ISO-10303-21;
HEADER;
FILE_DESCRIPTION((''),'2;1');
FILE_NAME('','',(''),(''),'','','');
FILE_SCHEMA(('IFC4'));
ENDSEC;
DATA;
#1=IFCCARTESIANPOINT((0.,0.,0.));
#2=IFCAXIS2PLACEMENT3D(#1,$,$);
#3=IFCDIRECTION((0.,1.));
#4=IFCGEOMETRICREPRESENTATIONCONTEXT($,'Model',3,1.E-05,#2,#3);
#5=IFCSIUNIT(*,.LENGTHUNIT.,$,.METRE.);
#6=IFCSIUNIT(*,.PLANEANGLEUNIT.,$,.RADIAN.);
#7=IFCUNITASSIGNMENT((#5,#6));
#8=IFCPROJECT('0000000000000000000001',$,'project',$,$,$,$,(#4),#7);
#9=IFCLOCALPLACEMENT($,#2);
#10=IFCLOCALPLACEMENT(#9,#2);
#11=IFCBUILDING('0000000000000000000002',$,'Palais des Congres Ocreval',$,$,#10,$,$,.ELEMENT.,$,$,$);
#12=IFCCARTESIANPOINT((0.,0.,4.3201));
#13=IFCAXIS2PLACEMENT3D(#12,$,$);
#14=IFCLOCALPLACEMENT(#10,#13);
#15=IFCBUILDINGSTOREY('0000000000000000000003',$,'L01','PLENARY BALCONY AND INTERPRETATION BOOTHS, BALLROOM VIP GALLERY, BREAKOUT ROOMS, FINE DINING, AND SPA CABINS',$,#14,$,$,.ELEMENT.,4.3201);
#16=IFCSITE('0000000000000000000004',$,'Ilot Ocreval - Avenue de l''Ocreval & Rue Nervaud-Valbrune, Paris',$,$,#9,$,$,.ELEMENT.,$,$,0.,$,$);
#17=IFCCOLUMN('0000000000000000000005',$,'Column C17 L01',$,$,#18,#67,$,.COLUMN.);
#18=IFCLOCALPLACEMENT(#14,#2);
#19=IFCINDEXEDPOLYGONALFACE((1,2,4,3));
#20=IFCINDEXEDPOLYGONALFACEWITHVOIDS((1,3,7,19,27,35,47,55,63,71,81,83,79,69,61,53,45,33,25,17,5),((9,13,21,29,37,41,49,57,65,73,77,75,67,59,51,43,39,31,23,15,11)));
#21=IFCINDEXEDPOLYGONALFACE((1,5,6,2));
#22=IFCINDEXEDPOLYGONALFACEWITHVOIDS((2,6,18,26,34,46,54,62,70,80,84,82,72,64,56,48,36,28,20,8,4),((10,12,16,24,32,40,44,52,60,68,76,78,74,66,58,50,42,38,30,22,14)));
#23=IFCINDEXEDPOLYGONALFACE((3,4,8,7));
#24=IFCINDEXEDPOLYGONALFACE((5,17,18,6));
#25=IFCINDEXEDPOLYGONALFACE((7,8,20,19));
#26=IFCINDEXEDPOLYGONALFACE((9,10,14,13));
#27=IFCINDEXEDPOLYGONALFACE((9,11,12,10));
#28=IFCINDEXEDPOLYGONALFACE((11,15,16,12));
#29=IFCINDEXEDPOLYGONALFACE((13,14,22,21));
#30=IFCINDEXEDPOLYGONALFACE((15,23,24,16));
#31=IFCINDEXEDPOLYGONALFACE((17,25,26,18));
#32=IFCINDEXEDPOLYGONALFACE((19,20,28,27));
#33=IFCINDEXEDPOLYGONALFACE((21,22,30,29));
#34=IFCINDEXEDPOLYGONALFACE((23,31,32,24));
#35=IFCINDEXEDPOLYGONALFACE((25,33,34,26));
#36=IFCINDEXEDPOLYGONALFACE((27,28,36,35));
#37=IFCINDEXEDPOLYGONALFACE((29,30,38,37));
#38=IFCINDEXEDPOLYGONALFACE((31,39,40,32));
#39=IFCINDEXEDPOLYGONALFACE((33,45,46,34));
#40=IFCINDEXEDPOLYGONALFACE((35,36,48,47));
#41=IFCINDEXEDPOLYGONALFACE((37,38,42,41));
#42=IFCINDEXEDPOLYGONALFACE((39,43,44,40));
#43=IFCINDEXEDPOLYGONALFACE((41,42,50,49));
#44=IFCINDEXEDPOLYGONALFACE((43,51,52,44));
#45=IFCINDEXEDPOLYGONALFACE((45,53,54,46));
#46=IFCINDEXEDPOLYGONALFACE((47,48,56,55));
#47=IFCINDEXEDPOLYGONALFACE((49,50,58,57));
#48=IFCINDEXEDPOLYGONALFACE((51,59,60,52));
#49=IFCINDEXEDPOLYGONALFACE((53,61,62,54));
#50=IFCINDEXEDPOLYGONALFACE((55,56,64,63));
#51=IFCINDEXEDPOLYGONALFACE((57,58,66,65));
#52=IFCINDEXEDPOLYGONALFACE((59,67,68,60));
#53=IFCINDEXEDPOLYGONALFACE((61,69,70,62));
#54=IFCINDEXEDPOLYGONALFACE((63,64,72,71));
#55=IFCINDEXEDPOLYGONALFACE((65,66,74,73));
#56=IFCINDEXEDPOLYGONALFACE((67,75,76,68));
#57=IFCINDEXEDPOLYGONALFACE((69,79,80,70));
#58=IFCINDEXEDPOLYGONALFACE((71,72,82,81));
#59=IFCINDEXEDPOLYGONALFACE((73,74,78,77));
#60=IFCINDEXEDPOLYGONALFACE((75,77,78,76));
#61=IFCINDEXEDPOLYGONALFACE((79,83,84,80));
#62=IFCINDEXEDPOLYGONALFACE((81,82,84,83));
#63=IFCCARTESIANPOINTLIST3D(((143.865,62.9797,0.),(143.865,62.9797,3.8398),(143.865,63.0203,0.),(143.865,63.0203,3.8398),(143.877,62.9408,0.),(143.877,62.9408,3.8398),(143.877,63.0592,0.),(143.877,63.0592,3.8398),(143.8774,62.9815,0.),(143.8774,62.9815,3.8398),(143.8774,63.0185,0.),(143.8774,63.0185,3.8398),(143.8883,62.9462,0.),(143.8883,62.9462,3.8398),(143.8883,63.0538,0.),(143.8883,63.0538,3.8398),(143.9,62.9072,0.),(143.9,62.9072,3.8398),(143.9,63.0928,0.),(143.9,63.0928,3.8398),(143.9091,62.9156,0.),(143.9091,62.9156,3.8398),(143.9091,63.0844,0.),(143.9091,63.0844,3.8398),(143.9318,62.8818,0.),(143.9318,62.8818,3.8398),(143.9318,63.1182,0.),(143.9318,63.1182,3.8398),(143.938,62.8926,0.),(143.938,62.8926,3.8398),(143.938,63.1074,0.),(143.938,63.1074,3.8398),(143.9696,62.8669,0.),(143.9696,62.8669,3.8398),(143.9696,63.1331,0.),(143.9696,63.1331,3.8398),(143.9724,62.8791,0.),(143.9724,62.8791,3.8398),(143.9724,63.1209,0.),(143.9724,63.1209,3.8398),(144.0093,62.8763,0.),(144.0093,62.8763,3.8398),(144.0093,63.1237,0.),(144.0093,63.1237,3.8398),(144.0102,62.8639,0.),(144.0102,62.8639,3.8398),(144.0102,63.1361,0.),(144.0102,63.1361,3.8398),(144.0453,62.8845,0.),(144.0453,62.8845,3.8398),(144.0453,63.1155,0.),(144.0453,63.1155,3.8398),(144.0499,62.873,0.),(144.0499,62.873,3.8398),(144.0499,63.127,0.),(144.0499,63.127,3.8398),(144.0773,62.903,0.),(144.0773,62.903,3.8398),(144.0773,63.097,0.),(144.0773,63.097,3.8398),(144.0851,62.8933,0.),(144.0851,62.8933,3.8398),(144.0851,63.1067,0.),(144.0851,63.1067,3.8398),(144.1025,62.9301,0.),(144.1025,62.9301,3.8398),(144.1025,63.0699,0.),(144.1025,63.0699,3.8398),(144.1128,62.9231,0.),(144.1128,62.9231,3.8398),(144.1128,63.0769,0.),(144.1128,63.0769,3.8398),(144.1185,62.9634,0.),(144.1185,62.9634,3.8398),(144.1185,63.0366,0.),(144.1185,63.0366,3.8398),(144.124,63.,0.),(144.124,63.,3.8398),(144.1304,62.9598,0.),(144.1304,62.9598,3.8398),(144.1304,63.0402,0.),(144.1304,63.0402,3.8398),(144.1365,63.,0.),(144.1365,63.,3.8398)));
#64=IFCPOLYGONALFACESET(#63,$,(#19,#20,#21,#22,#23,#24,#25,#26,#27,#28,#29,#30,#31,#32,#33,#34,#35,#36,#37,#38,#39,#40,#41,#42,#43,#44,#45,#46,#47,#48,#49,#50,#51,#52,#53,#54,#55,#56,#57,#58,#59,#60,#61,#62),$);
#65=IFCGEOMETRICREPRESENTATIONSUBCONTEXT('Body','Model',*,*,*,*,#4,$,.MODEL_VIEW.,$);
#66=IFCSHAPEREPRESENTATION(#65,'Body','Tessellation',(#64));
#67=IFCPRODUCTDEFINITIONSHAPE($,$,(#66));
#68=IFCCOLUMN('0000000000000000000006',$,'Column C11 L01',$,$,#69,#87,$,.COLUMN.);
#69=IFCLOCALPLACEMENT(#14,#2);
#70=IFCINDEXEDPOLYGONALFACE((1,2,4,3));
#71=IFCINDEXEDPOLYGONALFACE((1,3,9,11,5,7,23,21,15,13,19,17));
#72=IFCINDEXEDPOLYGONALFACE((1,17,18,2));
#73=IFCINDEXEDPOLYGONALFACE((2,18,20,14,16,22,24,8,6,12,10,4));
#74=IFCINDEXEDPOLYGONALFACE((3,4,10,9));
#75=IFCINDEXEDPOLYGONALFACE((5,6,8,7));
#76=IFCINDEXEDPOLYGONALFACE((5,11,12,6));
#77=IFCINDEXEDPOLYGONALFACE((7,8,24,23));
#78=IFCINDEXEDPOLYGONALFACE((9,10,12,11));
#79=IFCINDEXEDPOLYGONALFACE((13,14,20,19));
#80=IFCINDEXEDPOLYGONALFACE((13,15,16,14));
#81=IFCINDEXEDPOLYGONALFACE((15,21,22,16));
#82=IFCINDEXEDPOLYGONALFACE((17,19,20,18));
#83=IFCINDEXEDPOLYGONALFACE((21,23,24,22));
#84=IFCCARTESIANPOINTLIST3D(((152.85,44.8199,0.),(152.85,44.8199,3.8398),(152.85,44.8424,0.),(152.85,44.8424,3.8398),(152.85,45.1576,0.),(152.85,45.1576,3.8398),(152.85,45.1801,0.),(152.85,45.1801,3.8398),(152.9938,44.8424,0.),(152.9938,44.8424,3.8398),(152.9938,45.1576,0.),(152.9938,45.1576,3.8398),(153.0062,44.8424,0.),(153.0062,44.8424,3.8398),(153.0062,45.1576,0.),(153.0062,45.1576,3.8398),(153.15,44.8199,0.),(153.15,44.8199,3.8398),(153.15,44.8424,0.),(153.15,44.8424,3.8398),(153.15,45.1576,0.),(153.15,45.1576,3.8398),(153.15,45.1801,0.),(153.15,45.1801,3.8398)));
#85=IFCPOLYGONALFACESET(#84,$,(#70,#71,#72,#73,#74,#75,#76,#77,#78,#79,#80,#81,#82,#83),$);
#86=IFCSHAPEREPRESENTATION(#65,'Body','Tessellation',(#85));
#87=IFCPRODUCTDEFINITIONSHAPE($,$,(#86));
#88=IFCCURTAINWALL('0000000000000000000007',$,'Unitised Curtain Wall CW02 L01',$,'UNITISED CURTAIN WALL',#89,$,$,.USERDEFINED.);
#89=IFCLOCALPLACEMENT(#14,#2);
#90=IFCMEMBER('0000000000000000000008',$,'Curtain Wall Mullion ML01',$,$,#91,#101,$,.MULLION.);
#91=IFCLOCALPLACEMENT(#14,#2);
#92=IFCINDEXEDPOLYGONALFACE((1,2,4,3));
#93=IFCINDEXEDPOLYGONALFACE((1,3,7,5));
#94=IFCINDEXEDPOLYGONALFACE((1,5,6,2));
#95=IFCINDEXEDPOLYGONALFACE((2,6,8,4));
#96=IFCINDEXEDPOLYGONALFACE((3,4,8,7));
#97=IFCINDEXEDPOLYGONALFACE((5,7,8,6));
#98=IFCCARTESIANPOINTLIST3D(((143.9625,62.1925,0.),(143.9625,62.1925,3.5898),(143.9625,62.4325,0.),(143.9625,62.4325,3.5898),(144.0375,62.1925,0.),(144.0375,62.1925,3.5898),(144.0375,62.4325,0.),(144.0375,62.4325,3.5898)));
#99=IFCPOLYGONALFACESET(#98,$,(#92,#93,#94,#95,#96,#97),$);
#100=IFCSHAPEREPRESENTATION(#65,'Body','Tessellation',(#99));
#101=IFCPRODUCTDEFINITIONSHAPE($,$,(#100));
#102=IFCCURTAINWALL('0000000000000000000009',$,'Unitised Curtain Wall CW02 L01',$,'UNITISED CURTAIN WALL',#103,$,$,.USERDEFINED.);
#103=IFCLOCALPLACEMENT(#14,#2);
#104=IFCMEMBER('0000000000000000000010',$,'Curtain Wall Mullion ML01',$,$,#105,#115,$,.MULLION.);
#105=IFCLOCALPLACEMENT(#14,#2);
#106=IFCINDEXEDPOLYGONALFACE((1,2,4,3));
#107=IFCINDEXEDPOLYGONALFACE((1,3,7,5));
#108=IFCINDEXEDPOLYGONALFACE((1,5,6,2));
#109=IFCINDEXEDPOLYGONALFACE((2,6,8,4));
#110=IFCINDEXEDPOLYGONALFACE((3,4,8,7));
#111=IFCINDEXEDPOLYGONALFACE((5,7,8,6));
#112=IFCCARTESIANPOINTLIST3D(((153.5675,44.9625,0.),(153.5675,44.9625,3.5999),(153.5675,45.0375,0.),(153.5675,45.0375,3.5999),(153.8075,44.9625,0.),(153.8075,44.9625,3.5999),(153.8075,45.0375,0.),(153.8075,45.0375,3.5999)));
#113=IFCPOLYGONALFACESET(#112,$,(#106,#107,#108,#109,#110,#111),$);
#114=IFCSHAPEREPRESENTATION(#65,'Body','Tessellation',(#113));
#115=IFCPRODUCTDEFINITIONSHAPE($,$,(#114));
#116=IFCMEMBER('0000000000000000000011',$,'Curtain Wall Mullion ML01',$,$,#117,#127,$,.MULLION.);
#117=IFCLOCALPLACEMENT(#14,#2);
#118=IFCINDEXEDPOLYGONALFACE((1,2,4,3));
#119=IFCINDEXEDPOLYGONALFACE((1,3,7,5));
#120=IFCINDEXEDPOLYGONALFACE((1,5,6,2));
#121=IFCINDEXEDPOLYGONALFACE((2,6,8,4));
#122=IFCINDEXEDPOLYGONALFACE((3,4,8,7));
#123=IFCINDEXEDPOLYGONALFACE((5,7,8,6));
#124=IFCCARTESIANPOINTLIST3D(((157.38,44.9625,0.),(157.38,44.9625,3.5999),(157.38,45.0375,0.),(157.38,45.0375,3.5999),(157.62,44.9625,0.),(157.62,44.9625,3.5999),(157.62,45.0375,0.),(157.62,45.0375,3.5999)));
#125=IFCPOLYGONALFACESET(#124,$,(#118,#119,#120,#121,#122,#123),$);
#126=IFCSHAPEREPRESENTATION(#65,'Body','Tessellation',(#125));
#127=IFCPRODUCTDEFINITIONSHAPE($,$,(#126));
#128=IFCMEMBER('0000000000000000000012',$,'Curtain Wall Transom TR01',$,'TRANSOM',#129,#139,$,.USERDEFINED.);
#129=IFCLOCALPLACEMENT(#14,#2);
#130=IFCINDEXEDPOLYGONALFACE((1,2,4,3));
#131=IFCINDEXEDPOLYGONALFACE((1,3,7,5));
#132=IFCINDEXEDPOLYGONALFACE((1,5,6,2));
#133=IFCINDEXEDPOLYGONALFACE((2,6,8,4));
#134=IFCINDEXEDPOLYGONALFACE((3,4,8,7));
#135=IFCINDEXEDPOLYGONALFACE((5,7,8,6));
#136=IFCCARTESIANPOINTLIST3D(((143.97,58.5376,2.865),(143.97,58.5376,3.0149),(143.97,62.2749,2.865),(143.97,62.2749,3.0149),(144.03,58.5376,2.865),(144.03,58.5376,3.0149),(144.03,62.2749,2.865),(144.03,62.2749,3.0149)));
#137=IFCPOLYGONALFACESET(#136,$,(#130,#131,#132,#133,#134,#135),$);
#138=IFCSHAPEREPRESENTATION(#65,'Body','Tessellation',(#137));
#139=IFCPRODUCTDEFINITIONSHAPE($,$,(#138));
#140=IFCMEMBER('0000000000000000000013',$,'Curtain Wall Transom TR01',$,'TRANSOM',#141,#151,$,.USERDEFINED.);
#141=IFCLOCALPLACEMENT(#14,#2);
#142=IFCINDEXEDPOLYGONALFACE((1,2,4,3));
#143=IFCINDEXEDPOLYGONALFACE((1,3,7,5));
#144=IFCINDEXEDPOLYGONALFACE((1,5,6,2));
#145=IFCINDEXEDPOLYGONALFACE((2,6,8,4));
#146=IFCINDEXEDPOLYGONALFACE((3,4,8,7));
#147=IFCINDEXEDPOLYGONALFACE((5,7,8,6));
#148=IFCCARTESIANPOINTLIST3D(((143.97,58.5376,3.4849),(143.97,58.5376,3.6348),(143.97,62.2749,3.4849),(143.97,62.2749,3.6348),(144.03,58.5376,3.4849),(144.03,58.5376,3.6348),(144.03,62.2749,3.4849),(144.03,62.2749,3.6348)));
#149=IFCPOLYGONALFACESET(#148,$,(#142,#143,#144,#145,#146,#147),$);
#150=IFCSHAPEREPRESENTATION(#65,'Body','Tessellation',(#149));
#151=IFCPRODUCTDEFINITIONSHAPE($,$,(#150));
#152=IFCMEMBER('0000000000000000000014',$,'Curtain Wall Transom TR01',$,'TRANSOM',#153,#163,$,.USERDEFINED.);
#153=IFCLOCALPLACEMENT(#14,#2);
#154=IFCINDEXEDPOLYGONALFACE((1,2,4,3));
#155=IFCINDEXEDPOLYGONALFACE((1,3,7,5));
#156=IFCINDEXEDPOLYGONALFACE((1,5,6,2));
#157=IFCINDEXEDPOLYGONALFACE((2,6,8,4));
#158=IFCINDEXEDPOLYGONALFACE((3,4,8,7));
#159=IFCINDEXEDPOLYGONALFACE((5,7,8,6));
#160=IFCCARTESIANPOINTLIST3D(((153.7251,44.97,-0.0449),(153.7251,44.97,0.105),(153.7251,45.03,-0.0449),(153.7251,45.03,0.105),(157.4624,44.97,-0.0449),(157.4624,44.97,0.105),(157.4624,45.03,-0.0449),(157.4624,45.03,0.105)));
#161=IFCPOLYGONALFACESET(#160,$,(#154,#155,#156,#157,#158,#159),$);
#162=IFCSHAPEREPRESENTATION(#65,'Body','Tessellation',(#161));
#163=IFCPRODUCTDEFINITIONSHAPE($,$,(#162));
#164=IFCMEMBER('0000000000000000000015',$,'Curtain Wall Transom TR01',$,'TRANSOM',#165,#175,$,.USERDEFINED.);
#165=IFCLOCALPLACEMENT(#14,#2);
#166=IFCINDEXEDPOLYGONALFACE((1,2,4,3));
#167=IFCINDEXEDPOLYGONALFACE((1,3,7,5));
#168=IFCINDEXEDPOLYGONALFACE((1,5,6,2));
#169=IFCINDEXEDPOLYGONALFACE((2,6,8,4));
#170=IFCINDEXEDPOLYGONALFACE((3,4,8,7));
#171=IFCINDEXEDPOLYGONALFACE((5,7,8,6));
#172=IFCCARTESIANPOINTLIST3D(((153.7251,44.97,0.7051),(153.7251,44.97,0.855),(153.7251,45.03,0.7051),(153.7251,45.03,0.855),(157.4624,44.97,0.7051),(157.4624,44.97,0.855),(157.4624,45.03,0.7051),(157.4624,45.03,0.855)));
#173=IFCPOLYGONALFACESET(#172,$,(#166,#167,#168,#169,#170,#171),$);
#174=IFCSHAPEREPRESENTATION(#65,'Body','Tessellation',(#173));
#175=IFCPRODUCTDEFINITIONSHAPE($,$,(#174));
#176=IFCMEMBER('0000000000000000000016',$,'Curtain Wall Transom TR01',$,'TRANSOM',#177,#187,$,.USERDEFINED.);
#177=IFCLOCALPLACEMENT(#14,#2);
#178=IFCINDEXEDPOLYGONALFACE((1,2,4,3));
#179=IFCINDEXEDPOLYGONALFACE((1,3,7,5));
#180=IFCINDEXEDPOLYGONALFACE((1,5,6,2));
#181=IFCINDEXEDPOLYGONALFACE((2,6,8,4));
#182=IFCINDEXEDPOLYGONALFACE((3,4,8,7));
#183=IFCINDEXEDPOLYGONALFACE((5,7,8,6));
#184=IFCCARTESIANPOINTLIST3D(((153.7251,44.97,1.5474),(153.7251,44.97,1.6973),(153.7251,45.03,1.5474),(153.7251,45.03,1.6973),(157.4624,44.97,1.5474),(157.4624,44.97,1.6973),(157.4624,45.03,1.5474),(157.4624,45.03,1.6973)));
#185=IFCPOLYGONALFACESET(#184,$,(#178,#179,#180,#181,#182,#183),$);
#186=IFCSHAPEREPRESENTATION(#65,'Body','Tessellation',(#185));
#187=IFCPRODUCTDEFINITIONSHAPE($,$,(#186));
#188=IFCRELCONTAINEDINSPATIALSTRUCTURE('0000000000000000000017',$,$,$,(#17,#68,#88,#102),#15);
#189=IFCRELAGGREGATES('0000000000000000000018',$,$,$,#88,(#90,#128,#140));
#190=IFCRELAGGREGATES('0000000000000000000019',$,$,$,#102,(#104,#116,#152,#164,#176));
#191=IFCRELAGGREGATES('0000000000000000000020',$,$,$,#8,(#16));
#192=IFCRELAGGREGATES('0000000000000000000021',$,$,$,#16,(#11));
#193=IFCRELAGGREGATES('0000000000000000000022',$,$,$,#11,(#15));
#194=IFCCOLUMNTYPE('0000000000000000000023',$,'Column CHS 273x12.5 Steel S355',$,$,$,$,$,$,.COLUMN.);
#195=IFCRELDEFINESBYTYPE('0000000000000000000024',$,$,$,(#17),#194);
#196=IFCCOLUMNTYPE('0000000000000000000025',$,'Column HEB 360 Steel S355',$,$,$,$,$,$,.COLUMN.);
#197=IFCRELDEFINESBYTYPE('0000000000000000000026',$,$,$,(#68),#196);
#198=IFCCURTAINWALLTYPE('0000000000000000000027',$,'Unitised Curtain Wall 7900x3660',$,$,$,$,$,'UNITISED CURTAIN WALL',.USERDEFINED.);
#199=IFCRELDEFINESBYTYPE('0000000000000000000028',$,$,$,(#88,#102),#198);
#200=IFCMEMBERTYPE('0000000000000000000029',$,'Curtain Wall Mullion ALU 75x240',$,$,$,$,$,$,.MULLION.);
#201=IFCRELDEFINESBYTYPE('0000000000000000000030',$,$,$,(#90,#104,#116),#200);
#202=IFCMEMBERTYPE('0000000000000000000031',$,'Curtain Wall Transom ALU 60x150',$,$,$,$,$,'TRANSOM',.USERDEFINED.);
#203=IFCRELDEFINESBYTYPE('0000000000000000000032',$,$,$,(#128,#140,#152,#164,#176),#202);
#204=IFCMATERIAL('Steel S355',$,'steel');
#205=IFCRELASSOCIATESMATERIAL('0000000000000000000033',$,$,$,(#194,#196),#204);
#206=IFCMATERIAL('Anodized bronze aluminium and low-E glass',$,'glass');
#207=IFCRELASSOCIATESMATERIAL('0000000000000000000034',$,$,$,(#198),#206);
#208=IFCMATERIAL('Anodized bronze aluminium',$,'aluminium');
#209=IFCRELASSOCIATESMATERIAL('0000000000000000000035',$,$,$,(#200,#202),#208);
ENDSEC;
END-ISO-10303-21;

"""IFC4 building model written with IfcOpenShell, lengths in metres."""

from ifc_helpers import new_model, si_unit, direction, frame, origin, origin_2d, place, context, subcontext, project, spatial, rectangle, hollow_circle, i_section, extrude, material, material_profile, profile_set, type_object, element, aggregate, save


model = new_model("IFC4")

# Units and contexts
model_context = context("Model", 3, precision=1e-05, world=origin(), true_north=direction((0.0, 1.0)))
body_context = subcontext(model_context, "Body", "Model", "MODEL_VIEW")
ifc_project = project(units=[si_unit("LENGTHUNIT", "METRE"), si_unit("PLANEANGLEUNIT", "RADIAN")], contexts=[model_context])

# Site, building, storey
site_placement = place(None, origin())
site = spatial("IfcSite", under=ifc_project, at=site_placement, Name="Ilot Ocreval - Avenue de l'Ocreval & Rue Nervaud-Valbrune, Paris", CompositionType="ELEMENT", RefElevation=0.0)
building_placement = place(site_placement, origin())
building = spatial("IfcBuilding", under=site, at=building_placement, Name="Palais des Congres Ocreval", CompositionType="ELEMENT")
storey_placement = place(building_placement, frame((0.0, 0.0, 4.3201)))
storey = spatial("IfcBuildingStorey", under=building, at=storey_placement, Name="L01", Description="PLENARY BALCONY AND INTERPRETATION BOOTHS, BALLROOM VIP GALLERY, BREAKOUT ROOMS, FINE DINING, AND SPA CABINS", CompositionType="ELEMENT", Elevation=4.3201)

# Columns
ifc_material_1 = material(Name="Steel S355", Category="steel")
ifc_material_profile_1 = material_profile(ifc_material_1, hollow_circle(Radius=0.1365, WallThickness=0.0125, at=origin_2d()), Name="CHS 273x12.5")
ifc_profile_set_1 = profile_set([ifc_material_profile_1], Name="Steel S355")
column_type_1 = type_object("IfcColumnType", Name="Column CHS 273x12.5 Steel S355", PredefinedType="COLUMN", material=ifc_profile_set_1)
column_1_placement = place(storey_placement, frame((144.0, 63.0, 0.0), z_axis=(0.0, 0.0, 1.0), x_axis=(1.0, 0.0, 0.0)))
element("IfcColumn", 1, at=column_1_placement, inside=storey, type_object=column_type_1, Name="Column C17 L01", PredefinedType="COLUMN", context=body_context, shape_type="SweptSolid", body=[
    extrude(hollow_circle(Radius=0.1365, WallThickness=0.0125, at=origin_2d()), origin(), (0.0, 0.0, 1.0), 3.8398),
])
ifc_material_profile_2 = material_profile(ifc_material_1, i_section(OverallWidth=0.3, OverallDepth=0.3601, WebThickness=0.0125, FlangeThickness=0.0225, at=origin_2d()), Name="HEB 360")
ifc_profile_set_2 = profile_set([ifc_material_profile_2], Name="Steel S355")
column_type_2 = type_object("IfcColumnType", Name="Column HEB 360 Steel S355", PredefinedType="COLUMN", material=ifc_profile_set_2)
column_2_placement = place(storey_placement, frame((153.0, 45.0, 0.0), z_axis=(0.0, 0.0, 1.0), x_axis=(1.0, 0.0, 0.0)))
element("IfcColumn", 2, at=column_2_placement, inside=storey, type_object=column_type_2, Name="Column C11 L01", PredefinedType="COLUMN", context=body_context, shape_type="SweptSolid", body=[
    extrude(i_section(OverallWidth=0.3, OverallDepth=0.3601, WebThickness=0.0125, FlangeThickness=0.0225, at=origin_2d()), origin(), (0.0, 0.0, 1.0), 3.8398),
])

# Curtain wall, member
ifc_material_2 = material(Name="Anodized bronze aluminium and low-E glass", Category="glass")
curtain_wall_type = type_object("IfcCurtainWallType", Name="Unitised Curtain Wall 7900x3660", ElementType="UNITISED CURTAIN WALL", PredefinedType="USERDEFINED", material=ifc_material_2)
curtain_wall_1_placement = place(storey_placement, origin())
curtain_wall_1 = element("IfcCurtainWall", 3, at=curtain_wall_1_placement, inside=storey, type_object=curtain_wall_type, Name="Unitised Curtain Wall CW02 L01", ObjectType="UNITISED CURTAIN WALL", PredefinedType="USERDEFINED")
ifc_material_3 = material(Name="Anodized bronze aluminium", Category="aluminium")
ifc_material_profile_3 = material_profile(ifc_material_3, rectangle(XDim=0.075, YDim=0.24, at=origin_2d()), Name="ALU 75x240")
ifc_profile_set_3 = profile_set([ifc_material_profile_3], Name="Anodized bronze aluminium")
member_type_1 = type_object("IfcMemberType", Name="Curtain Wall Mullion ALU 75x240", PredefinedType="MULLION", material=ifc_profile_set_3)
member_1_placement = place(storey_placement, frame((144.0, 62.3125, 0.0), z_axis=(0.0, 0.0, 1.0), x_axis=(1.0, 0.0, 0.0)))
member_1 = element("IfcMember", 4, at=member_1_placement, type_object=member_type_1, Name="Curtain Wall Mullion ML01", PredefinedType="MULLION", context=body_context, shape_type="SweptSolid", body=[
    extrude(rectangle(XDim=0.075, YDim=0.24, at=origin_2d()), origin(), (0.0, 0.0, 1.0), 3.5898),
])

# Curtain wall, members
curtain_wall_2_placement = place(storey_placement, origin())
curtain_wall_2 = element("IfcCurtainWall", 5, at=curtain_wall_2_placement, inside=storey, type_object=curtain_wall_type, Name="Unitised Curtain Wall CW02 L01", ObjectType="UNITISED CURTAIN WALL", PredefinedType="USERDEFINED")
member_2_placement = place(storey_placement, frame((153.6875, 45.0, 0.0), z_axis=(0.0, 0.0, 1.0), x_axis=(0.0, 1.0, 0.0)))
member_2 = element("IfcMember", 6, at=member_2_placement, type_object=member_type_1, Name="Curtain Wall Mullion ML01", PredefinedType="MULLION", context=body_context, shape_type="SweptSolid", body=[
    extrude(rectangle(XDim=0.075, YDim=0.24, at=origin_2d()), origin(), (0.0, 0.0, 1.0), 3.5999),
])
member_3_placement = place(storey_placement, frame((157.5, 45.0, 0.0), z_axis=(0.0, 0.0, 1.0), x_axis=(0.0, 1.0, 0.0)))
member_3 = element("IfcMember", 7, at=member_3_placement, type_object=member_type_1, Name="Curtain Wall Mullion ML01", PredefinedType="MULLION", context=body_context, shape_type="SweptSolid", body=[
    extrude(rectangle(XDim=0.075, YDim=0.24, at=origin_2d()), origin(), (0.0, 0.0, 1.0), 3.5999),
])

# Members
ifc_material_profile_4 = material_profile(ifc_material_3, rectangle(XDim=0.0601, YDim=0.1499, at=origin_2d()), Name="ALU 60x150")
ifc_profile_set_4 = profile_set([ifc_material_profile_4], Name="Anodized bronze aluminium")
member_type_2 = type_object("IfcMemberType", Name="Curtain Wall Transom ALU 60x150", ElementType="TRANSOM", PredefinedType="USERDEFINED", material=ifc_profile_set_4)
member_4_placement = place(storey_placement, frame((144.0, 62.2749, 2.9399), z_axis=(0.0, -1.0, 0.0), x_axis=(1.0, 0.0, 0.0)))
member_4 = element("IfcMember", 8, at=member_4_placement, type_object=member_type_2, Name="Curtain Wall Transom TR01", ObjectType="TRANSOM", PredefinedType="USERDEFINED", context=body_context, shape_type="SweptSolid", body=[
    extrude(rectangle(XDim=0.0601, YDim=0.1499, at=origin_2d()), origin(), (0.0, 0.0, 1.0), 3.7373),
])
member_5_placement = place(storey_placement, frame((144.0, 62.2749, 3.5598), z_axis=(0.0, -1.0, 0.0), x_axis=(1.0, 0.0, 0.0)))
member_5 = element("IfcMember", 9, at=member_5_placement, type_object=member_type_2, Name="Curtain Wall Transom TR01", ObjectType="TRANSOM", PredefinedType="USERDEFINED", context=body_context, shape_type="SweptSolid", body=[
    extrude(rectangle(XDim=0.0601, YDim=0.1499, at=origin_2d()), origin(), (0.0, 0.0, 1.0), 3.7373),
])
aggregate(curtain_wall_1, [member_1, member_4, member_5])
member_6_placement = place(storey_placement, frame((153.7251, 45.0, 0.03), z_axis=(1.0, 0.0, 0.0), x_axis=(0.0, 1.0, 0.0)))
member_6 = element("IfcMember", 10, at=member_6_placement, type_object=member_type_2, Name="Curtain Wall Transom TR01", ObjectType="TRANSOM", PredefinedType="USERDEFINED", context=body_context, shape_type="SweptSolid", body=[
    extrude(rectangle(XDim=0.0601, YDim=0.1499, at=origin_2d()), origin(), (0.0, 0.0, 1.0), 3.7373),
])
member_7_placement = place(storey_placement, frame((153.7251, 45.0, 0.78), z_axis=(1.0, 0.0, 0.0), x_axis=(0.0, 1.0, 0.0)))
member_7 = element("IfcMember", 11, at=member_7_placement, type_object=member_type_2, Name="Curtain Wall Transom TR01", ObjectType="TRANSOM", PredefinedType="USERDEFINED", context=body_context, shape_type="SweptSolid", body=[
    extrude(rectangle(XDim=0.0601, YDim=0.1499, at=origin_2d()), origin(), (0.0, 0.0, 1.0), 3.7373),
])
member_8_placement = place(storey_placement, frame((153.7251, 45.0, 1.6223), z_axis=(1.0, 0.0, 0.0), x_axis=(0.0, 1.0, 0.0)))
member_8 = element("IfcMember", 12, at=member_8_placement, type_object=member_type_2, Name="Curtain Wall Transom TR01", ObjectType="TRANSOM", PredefinedType="USERDEFINED", context=body_context, shape_type="SweptSolid", body=[
    extrude(rectangle(XDim=0.0601, YDim=0.1499, at=origin_2d()), origin(), (0.0, 0.0, 1.0), 3.7373),
])

aggregate(curtain_wall_2, [member_2, member_3, member_6, member_7, member_8])

save(model, "model.ifc")
